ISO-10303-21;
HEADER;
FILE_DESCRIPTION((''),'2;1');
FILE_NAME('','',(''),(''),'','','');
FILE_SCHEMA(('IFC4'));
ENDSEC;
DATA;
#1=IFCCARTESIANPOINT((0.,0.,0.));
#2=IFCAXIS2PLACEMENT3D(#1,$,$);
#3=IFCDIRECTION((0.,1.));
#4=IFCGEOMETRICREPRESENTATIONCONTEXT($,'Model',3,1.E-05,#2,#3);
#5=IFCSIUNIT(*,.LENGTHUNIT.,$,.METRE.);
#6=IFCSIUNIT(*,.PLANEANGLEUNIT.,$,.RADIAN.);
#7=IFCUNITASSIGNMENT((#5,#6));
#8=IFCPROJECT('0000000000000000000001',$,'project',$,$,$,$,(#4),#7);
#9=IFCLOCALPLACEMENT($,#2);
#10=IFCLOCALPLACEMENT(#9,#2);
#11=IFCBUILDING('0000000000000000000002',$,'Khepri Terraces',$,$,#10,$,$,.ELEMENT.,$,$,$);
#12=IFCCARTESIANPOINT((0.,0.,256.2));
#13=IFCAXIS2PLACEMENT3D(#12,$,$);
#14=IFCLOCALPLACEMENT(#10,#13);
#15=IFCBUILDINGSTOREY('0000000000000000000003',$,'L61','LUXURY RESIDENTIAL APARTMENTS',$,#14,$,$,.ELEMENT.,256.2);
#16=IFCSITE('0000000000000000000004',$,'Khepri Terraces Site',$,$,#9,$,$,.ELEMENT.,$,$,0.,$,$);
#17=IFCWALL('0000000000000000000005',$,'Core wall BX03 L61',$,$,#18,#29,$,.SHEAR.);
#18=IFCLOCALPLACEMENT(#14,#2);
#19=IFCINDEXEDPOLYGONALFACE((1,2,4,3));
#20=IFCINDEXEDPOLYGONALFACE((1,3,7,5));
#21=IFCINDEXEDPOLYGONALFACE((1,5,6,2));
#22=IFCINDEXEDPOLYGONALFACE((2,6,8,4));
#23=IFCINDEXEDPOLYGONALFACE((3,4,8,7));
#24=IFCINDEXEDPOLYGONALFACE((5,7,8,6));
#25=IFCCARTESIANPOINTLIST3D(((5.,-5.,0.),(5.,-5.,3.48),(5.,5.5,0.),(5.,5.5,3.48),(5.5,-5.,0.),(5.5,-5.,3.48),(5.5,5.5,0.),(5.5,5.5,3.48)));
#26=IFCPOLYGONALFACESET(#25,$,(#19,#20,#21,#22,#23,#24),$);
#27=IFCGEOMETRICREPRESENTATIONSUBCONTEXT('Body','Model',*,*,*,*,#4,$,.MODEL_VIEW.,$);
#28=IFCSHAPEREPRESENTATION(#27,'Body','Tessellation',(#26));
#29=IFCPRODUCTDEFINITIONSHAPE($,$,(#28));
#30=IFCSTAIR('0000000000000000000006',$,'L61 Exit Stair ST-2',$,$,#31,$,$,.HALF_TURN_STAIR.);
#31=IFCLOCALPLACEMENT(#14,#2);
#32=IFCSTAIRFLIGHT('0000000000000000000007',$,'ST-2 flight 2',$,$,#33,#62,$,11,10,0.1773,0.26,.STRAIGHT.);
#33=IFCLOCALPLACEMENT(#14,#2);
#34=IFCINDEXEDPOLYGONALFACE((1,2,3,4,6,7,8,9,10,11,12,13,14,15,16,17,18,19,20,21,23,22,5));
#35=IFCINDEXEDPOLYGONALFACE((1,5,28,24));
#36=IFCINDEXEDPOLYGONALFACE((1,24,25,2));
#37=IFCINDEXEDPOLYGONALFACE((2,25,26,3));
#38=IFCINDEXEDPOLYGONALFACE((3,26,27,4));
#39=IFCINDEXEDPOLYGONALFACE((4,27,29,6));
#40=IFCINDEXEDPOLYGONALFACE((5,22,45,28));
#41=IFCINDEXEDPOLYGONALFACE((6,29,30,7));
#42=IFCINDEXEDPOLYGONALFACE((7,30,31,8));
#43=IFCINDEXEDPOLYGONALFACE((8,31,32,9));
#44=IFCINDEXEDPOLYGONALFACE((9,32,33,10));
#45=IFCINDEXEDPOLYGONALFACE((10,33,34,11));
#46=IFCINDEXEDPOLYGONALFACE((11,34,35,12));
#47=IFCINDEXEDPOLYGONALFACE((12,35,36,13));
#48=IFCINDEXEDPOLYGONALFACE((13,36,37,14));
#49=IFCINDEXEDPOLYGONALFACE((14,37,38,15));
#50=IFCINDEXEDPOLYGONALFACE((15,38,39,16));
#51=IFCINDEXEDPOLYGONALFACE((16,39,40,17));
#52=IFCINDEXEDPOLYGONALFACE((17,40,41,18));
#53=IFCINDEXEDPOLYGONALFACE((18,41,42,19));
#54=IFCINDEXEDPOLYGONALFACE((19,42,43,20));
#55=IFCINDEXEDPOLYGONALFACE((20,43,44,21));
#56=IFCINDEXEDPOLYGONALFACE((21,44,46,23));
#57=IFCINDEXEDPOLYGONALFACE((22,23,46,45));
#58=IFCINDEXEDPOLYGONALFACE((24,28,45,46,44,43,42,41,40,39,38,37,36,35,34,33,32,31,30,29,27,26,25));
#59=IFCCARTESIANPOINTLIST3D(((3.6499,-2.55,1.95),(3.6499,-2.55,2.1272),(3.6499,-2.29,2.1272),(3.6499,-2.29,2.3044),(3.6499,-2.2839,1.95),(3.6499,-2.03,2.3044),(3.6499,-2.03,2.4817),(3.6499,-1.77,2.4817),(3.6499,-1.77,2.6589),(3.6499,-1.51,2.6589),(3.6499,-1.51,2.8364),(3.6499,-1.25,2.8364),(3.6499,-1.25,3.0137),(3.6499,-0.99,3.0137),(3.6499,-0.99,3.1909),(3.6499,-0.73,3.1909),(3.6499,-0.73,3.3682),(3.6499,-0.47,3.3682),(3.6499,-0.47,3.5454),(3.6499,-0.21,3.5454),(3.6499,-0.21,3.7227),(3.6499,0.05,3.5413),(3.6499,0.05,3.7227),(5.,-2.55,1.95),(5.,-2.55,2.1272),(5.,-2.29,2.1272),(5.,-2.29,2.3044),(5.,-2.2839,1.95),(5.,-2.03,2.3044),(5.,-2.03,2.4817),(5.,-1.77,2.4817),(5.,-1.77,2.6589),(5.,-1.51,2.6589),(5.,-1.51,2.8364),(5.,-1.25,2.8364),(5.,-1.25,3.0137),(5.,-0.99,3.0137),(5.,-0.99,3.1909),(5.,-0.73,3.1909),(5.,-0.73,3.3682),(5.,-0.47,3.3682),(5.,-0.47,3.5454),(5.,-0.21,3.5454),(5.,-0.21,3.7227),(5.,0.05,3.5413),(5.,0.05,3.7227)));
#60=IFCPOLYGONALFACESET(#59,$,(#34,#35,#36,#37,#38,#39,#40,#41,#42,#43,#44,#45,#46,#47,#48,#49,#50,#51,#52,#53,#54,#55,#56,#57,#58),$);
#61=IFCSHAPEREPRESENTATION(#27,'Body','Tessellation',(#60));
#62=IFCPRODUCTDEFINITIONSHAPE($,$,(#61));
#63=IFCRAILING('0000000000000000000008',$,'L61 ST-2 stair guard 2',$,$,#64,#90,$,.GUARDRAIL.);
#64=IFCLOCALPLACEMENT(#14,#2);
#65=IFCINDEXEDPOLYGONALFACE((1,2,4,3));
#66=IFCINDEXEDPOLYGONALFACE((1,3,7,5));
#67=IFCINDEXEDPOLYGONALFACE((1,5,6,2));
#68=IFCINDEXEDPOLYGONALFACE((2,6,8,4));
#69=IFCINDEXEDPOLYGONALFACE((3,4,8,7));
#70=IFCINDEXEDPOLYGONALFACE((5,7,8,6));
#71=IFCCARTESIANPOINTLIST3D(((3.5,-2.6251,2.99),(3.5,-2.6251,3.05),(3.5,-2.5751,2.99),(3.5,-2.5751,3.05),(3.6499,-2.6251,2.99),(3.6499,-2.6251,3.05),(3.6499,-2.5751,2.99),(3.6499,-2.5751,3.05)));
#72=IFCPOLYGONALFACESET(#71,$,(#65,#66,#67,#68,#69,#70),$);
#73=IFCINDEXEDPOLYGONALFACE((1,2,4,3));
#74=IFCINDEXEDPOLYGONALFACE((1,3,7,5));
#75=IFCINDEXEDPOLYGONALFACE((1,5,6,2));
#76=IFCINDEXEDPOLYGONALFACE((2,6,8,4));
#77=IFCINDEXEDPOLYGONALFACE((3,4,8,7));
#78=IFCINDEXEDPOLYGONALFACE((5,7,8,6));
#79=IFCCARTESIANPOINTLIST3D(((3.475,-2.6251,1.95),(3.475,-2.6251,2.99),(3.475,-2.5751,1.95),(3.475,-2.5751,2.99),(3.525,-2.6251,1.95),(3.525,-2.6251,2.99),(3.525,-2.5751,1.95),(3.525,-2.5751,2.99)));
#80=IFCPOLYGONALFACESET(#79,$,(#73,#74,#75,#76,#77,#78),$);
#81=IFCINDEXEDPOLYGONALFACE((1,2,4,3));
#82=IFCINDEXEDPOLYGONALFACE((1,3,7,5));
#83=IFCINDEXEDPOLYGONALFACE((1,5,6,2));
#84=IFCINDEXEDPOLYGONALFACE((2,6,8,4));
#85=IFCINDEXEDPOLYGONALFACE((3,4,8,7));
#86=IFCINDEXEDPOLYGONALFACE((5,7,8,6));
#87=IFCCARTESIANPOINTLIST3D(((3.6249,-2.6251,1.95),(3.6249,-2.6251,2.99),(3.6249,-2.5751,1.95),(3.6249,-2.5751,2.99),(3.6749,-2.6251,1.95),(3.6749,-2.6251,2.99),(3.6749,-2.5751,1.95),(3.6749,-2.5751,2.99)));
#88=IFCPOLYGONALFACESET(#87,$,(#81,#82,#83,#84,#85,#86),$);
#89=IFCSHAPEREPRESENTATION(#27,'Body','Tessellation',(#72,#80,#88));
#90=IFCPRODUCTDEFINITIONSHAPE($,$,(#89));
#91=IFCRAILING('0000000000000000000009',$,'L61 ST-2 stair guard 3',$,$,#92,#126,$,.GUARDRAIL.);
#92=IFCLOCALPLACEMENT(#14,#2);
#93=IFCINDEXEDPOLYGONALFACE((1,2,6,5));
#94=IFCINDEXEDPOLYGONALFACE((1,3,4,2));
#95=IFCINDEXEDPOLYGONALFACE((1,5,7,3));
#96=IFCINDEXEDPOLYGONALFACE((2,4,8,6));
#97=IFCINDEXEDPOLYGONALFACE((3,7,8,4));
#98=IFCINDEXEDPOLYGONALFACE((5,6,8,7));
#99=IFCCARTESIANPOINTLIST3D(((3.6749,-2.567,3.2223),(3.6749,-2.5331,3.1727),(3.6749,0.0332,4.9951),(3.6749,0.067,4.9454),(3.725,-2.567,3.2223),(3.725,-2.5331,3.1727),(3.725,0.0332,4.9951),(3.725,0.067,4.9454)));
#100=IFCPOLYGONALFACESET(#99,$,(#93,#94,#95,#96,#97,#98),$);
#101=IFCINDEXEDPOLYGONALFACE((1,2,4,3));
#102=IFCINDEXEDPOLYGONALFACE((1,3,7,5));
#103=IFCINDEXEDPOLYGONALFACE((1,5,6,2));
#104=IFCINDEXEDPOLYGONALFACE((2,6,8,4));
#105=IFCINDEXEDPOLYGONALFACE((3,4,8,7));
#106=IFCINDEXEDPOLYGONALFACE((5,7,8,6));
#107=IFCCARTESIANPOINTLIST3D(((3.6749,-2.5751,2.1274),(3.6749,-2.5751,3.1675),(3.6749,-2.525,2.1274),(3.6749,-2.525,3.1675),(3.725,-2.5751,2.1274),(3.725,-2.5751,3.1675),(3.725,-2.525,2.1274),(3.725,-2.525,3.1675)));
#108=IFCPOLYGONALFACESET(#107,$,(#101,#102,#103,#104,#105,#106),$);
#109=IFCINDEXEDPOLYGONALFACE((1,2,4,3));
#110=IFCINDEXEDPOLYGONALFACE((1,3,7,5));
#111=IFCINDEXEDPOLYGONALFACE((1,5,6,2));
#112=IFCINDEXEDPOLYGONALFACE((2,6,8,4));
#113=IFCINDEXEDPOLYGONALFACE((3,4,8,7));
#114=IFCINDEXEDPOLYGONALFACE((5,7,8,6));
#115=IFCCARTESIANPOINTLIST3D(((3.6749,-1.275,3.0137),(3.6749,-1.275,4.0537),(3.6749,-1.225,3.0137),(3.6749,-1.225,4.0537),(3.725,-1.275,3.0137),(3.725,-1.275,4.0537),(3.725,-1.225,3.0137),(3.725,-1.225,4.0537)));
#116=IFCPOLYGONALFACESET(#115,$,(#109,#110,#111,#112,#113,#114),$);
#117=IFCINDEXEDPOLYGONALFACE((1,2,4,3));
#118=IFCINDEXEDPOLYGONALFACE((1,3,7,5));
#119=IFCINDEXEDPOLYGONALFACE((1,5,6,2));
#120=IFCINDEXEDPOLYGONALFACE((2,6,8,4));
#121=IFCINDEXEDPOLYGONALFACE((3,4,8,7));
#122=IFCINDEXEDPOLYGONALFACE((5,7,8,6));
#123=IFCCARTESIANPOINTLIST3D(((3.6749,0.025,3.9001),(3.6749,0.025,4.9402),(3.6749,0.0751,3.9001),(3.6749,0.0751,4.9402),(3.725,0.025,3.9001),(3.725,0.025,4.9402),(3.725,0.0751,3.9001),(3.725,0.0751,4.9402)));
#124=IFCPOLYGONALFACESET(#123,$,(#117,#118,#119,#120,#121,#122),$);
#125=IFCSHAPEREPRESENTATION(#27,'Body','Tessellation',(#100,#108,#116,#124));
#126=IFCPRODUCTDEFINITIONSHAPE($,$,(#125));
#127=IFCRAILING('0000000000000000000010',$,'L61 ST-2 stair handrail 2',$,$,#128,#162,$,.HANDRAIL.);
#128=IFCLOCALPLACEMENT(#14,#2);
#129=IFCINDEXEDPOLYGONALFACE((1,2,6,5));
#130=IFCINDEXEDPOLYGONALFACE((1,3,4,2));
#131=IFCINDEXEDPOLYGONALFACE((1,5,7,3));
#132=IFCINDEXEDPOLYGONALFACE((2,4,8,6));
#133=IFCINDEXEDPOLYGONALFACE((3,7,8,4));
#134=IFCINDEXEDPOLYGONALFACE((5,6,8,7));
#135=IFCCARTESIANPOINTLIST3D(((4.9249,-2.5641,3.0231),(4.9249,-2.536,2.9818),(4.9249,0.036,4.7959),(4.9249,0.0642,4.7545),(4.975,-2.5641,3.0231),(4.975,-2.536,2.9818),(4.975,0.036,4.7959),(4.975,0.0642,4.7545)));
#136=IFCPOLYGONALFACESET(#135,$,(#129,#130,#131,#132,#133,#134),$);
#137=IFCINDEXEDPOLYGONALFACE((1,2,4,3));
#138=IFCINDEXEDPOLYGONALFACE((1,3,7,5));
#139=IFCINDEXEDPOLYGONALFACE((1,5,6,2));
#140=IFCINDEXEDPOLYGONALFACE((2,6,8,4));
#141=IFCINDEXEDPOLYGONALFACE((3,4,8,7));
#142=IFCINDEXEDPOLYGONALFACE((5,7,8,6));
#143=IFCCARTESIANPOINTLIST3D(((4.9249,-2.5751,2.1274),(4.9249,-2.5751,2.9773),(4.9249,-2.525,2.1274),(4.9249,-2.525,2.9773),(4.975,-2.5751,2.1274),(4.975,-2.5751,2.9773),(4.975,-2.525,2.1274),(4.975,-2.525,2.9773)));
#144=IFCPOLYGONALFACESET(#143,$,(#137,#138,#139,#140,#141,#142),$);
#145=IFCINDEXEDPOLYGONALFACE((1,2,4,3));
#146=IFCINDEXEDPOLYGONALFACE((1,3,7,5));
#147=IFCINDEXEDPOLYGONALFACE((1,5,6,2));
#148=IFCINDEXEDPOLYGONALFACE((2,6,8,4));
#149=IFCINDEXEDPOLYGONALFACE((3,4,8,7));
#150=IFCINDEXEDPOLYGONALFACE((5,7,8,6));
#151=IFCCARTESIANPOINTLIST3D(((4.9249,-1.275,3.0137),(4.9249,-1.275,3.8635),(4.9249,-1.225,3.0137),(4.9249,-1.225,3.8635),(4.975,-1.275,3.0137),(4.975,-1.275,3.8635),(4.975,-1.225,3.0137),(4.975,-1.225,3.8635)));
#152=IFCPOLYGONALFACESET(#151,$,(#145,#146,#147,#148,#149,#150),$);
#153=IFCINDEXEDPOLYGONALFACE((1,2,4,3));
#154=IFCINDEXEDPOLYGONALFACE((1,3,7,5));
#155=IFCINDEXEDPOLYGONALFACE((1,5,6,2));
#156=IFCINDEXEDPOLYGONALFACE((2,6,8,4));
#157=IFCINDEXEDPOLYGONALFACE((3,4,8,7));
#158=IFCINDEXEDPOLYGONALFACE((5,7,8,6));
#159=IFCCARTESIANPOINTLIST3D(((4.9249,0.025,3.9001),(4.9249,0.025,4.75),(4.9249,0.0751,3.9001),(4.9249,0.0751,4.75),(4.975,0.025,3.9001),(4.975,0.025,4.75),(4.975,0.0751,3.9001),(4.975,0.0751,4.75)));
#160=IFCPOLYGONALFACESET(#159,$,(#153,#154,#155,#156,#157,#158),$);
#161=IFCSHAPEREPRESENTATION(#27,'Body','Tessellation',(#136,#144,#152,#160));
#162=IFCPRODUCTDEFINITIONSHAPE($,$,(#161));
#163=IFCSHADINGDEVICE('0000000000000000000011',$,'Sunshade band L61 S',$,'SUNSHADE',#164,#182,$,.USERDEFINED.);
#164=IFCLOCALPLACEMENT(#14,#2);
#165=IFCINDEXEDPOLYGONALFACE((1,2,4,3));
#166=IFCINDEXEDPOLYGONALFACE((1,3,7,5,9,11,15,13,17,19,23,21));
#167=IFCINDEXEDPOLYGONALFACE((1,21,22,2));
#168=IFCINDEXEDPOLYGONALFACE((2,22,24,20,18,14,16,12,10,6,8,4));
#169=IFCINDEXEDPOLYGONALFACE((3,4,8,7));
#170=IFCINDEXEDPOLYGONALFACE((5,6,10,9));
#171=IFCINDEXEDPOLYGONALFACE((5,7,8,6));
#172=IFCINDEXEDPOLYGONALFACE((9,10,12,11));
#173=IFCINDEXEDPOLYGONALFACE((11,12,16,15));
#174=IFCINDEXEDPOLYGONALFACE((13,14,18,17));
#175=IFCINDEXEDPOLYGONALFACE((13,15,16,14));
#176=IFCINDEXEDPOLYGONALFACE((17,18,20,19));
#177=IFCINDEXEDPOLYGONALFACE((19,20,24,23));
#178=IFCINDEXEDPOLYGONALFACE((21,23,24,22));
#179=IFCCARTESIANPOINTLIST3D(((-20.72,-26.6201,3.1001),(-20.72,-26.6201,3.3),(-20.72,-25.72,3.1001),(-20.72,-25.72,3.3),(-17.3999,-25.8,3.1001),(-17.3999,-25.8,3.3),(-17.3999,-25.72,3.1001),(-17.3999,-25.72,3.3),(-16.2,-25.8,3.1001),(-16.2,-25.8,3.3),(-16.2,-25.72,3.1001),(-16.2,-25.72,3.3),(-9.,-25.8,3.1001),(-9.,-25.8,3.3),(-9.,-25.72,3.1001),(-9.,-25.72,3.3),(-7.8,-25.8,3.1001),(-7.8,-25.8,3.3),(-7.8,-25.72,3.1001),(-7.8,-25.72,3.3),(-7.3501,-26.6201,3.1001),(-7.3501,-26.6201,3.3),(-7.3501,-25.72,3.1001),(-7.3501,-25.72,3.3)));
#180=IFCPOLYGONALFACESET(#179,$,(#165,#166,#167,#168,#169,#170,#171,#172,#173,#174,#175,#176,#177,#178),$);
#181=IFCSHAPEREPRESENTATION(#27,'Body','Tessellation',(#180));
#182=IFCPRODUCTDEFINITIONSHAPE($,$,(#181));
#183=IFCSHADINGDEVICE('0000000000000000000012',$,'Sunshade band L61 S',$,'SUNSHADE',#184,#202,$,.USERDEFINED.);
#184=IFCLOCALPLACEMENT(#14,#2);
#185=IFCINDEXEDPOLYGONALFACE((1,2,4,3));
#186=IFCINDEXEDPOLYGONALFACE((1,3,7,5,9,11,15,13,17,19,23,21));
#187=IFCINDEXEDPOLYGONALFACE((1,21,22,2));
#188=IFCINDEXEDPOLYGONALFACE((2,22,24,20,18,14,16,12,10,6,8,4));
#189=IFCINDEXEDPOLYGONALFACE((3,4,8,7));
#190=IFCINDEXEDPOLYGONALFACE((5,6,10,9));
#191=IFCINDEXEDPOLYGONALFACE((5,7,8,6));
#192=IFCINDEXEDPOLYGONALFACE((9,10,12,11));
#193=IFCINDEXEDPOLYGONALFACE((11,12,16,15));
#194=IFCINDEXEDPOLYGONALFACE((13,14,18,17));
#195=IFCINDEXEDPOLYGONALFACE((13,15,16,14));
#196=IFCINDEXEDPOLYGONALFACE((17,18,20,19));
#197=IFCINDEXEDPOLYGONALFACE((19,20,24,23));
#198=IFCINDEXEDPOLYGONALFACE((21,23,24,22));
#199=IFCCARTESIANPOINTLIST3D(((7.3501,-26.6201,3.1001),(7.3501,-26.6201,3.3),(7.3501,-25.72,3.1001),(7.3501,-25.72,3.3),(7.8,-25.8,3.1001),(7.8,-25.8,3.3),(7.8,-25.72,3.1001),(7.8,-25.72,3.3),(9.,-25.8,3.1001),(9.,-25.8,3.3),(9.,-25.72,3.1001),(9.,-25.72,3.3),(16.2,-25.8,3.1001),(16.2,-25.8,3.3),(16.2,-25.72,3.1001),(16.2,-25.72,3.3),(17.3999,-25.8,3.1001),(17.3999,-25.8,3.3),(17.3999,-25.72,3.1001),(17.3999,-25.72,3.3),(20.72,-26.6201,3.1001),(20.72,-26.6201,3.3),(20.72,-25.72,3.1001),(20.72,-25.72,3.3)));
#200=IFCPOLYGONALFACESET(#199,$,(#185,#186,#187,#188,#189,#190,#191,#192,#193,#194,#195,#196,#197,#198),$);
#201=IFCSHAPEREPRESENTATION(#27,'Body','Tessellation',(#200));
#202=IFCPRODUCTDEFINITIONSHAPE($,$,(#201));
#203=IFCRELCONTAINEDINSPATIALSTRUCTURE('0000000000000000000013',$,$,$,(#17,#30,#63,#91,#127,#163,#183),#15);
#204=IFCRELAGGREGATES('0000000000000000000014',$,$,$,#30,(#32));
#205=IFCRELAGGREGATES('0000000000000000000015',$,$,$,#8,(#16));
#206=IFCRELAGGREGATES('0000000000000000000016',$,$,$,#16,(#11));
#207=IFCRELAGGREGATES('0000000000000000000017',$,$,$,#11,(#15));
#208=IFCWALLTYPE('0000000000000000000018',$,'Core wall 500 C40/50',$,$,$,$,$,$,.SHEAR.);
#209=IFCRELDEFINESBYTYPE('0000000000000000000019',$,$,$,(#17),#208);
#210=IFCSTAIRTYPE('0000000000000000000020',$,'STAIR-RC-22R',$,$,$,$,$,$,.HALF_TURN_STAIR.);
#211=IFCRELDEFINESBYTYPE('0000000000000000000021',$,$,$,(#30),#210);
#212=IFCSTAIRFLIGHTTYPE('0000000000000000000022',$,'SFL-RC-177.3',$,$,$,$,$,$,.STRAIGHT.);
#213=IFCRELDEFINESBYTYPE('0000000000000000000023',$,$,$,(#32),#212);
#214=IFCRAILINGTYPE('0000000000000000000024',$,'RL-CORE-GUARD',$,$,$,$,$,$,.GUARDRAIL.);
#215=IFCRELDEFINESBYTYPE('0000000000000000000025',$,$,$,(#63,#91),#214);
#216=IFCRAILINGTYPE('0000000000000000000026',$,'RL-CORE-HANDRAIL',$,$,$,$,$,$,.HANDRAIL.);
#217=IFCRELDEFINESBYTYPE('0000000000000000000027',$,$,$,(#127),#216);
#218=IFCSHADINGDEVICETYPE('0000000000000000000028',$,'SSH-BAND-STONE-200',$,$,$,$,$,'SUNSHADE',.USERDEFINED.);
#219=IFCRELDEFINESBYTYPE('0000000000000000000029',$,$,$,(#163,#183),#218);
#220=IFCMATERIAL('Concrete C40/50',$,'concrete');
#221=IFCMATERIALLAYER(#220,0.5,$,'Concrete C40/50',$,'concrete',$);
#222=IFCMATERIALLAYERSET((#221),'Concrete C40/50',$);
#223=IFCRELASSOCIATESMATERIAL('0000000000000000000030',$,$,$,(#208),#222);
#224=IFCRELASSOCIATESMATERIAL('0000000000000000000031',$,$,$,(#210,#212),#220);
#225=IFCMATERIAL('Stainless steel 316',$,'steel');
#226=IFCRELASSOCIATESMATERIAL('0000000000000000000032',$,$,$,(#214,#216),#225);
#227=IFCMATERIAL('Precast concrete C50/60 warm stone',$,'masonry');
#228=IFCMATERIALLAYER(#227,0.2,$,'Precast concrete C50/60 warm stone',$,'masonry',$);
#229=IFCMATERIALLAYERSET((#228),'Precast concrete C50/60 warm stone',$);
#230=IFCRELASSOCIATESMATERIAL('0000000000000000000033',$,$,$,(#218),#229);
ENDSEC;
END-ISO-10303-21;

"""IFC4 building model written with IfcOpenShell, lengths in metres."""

from ifc_helpers import new_model, si_unit, direction, frame, frame_2d, origin, origin_2d, place, context, subcontext, project, spatial, polyline, rectangle, outline, extrude, material, layer, layer_set, type_object, element, aggregate, save


model = new_model("IFC4")

# Units and contexts
model_context = context("Model", 3, precision=1e-05, world=origin(), true_north=direction((0.0, 1.0)))
body_context = subcontext(model_context, "Body", "Model", "MODEL_VIEW")
ifc_project = project(units=[si_unit("LENGTHUNIT", "METRE"), si_unit("PLANEANGLEUNIT", "RADIAN")], contexts=[model_context])

# Site, building, storey
site_placement = place(None, origin())
site = spatial("IfcSite", under=ifc_project, at=site_placement, Name="Khepri Terraces Site", CompositionType="ELEMENT", RefElevation=0.0)
building_placement = place(site_placement, origin())
building = spatial("IfcBuilding", under=site, at=building_placement, Name="Khepri Terraces", CompositionType="ELEMENT")
storey_placement = place(building_placement, frame((0.0, 0.0, 256.2)))
storey = spatial("IfcBuildingStorey", under=building, at=storey_placement, Name="L61", Description="LUXURY RESIDENTIAL APARTMENTS", CompositionType="ELEMENT", Elevation=256.2)

# Shared definitions
ifc_material_1 = material(Name="Precast concrete C50/60 warm stone", Category="masonry")

# Shared definitions
ifc_material_2 = material(Name="Concrete C40/50", Category="concrete")

# Wall
ifc_layer_1 = layer(ifc_material_2, 0.5, Name="Concrete C40/50", Category="concrete")
ifc_layer_set_1 = layer_set([ifc_layer_1], Name="Concrete C40/50")
wall_type_1 = type_object("IfcWallType", Name="Core wall 500 C40/50", PredefinedType="SHEAR", material=ifc_layer_set_1)
wall_1_placement = place(storey_placement, frame((5.25, -5.0, 0.0), z_axis=(0.0, 0.0, 1.0), x_axis=(0.0, 1.0, 0.0)))
element("IfcWall", 1, at=wall_1_placement, inside=storey, type_object=wall_type_1, Name="Core wall BX03 L61", PredefinedType="SHEAR", context=body_context, shape_type="SweptSolid", body=[
    extrude(rectangle(XDim=10.5, YDim=0.5, at=frame_2d((5.25, 0.0))), origin(), (0.0, 0.0, 1.0), 3.48),
])

# Stair, stair flight
stair_type = type_object("IfcStairType", Name="STAIR-RC-22R", PredefinedType="HALF_TURN_STAIR", material=ifc_material_2)
stair_placement = place(storey_placement, origin())
stair = element("IfcStair", 2, at=stair_placement, inside=storey, type_object=stair_type, Name="L61 Exit Stair ST-2", PredefinedType="HALF_TURN_STAIR")
stair_flight_type = type_object("IfcStairFlightType", Name="SFL-RC-177.3", PredefinedType="STRAIGHT", material=ifc_material_2)
stair_flight_placement = place(storey_placement, frame((4.325, -2.55, 1.95), z_axis=(0.0, 0.0, 1.0), x_axis=(0.0, 1.0, 0.0)))
stair_flight = element("IfcStairFlight", 3, at=stair_flight_placement, type_object=stair_flight_type, Name="ST-2 flight 2", NumberOfRisers=11, NumberOfTreads=10, PredefinedType="STRAIGHT", RiserHeight=0.1773, TreadLength=0.26, context=body_context, shape_type="SweptSolid", body=[
    extrude(outline(polyline([(0.0, 0.0), (0.0, 0.1772), (0.26, 0.1772), (0.26, 0.3545), (0.52, 0.3545), (0.52, 0.5317), (0.78, 0.5317), (0.78, 0.709), (1.04, 0.709), (1.04, 0.8865), (1.3, 0.8865), (1.3, 1.0637), (1.5601, 1.0637), (1.5601, 1.241), (1.8201, 1.241), (1.8201, 1.4182), (2.0801, 1.4182), (2.0801, 1.5955), (2.3401, 1.5955), (2.3401, 1.7727), (2.6001, 1.7727), (2.6001, 1.95), (2.6001, 1.5913), (0.2661, 0.0), (0.0, 0.0)])), frame((0.0, 0.675, 0.0), z_axis=(0.0, -1.0, 0.0), x_axis=(1.0, 0.0, 0.0)), (0.0, 0.0, 1.0), 1.3501),
])
aggregate(stair, [stair_flight])

# Railings
ifc_material_3 = material(Name="Stainless steel 316", Category="steel")
railing_type_1 = type_object("IfcRailingType", Name="RL-CORE-GUARD", PredefinedType="GUARDRAIL", material=ifc_material_3)
railing_1_placement = place(storey_placement, frame((3.5, -2.6001, 1.95)))
element("IfcRailing", 4, at=railing_1_placement, inside=storey, type_object=railing_type_1, Name="L61 ST-2 stair guard 2", PredefinedType="GUARDRAIL", context=body_context, shape_type="SweptSolid", body=[
    extrude(rectangle(XDim=0.05, YDim=0.0601, at=origin_2d()), frame((0.0, 0.0, 1.0701), z_axis=(1.0, 0.0, 0.0), x_axis=(0.0, 1.0, 0.0)), (0.0, 0.0, 1.0), 0.1499),
    extrude(rectangle(XDim=0.05, YDim=0.05, at=origin_2d()), origin(), (0.0, 0.0, 1.0), 1.04),
    extrude(rectangle(XDim=0.05, YDim=0.05, at=origin_2d()), frame((0.1499, 0.0, 0.0)), (0.0, 0.0, 1.0), 1.04),
])
railing_2_placement = place(storey_placement, frame((3.7, -2.55, 2.1274)))
element("IfcRailing", 5, at=railing_2_placement, inside=storey, type_object=railing_type_1, Name="L61 ST-2 stair guard 3", PredefinedType="GUARDRAIL", context=body_context, shape_type="SweptSolid", body=[
    extrude(rectangle(XDim=0.05, YDim=0.0601, at=origin_2d()), frame((0.0, 0.0, 1.0701), z_axis=(0.0, 0.82624, 0.563318), x_axis=(-1.0, 0.0, 0.0)), (0.0, 0.0, 1.0), 3.147),
    extrude(rectangle(XDim=0.05, YDim=0.05, at=origin_2d()), origin(), (0.0, 0.0, 1.0), 1.04),
    extrude(rectangle(XDim=0.05, YDim=0.05, at=origin_2d()), frame((0.0, 1.3, 0.8862)), (0.0, 0.0, 1.0), 1.04),
    extrude(rectangle(XDim=0.05, YDim=0.05, at=origin_2d()), frame((0.0, 2.6001, 1.7727)), (0.0, 0.0, 1.0), 1.04),
])
railing_type_2 = type_object("IfcRailingType", Name="RL-CORE-HANDRAIL", PredefinedType="HANDRAIL", material=ifc_material_3)
railing_3_placement = place(storey_placement, frame((4.95, -2.55, 2.1274)))
element("IfcRailing", 6, at=railing_3_placement, inside=storey, type_object=railing_type_2, Name="L61 ST-2 stair handrail 2", PredefinedType="HANDRAIL", context=body_context, shape_type="SweptSolid", body=[
    extrude(rectangle(XDim=0.05, YDim=0.05, at=origin_2d()), frame((0.0, 0.0, 0.875), z_axis=(0.0, 0.82624, 0.563318), x_axis=(-1.0, 0.0, 0.0)), (0.0, 0.0, 1.0), 3.147),
    extrude(rectangle(XDim=0.05, YDim=0.05, at=origin_2d()), origin(), (0.0, 0.0, 1.0), 0.8499),
    extrude(rectangle(XDim=0.05, YDim=0.05, at=origin_2d()), frame((0.0, 1.3, 0.8862)), (0.0, 0.0, 1.0), 0.8499),
    extrude(rectangle(XDim=0.05, YDim=0.05, at=origin_2d()), frame((0.0, 2.6001, 1.7727)), (0.0, 0.0, 1.0), 0.8499),
])

# Shading devices
ifc_layer_2 = layer(ifc_material_1, 0.2, Name="Precast concrete C50/60 warm stone", Category="masonry")
ifc_layer_set_2 = layer_set([ifc_layer_2], Name="Precast concrete C50/60 warm stone")
shading_device_type_1 = type_object("IfcShadingDeviceType", Name="SSH-BAND-STONE-200", ElementType="SUNSHADE", PredefinedType="USERDEFINED", material=ifc_layer_set_2)
shading_device_1_placement = place(storey_placement, frame((0.0, 0.0, 3.1001)))
element("IfcShadingDevice", 7, at=shading_device_1_placement, inside=storey, type_object=shading_device_type_1, Name="Sunshade band L61 S", ObjectType="SUNSHADE", PredefinedType="USERDEFINED", context=body_context, shape_type="SweptSolid", body=[
    extrude(outline(polyline([(-17.3999, -25.72), (-20.72, -25.72), (-20.72, -26.6201), (-7.3501, -26.6201), (-7.3501, -25.72), (-7.8, -25.72), (-7.8, -25.8), (-9.0, -25.8), (-9.0, -25.72), (-16.2, -25.72), (-16.2, -25.8), (-17.3999, -25.8), (-17.3999, -25.72)])), origin(), (0.0, 0.0, 1.0), 0.2),
])
shading_device_2_placement = place(storey_placement, frame((0.0, 0.0, 3.1001)))
element("IfcShadingDevice", 8, at=shading_device_2_placement, inside=storey, type_object=shading_device_type_1, Name="Sunshade band L61 S", ObjectType="SUNSHADE", PredefinedType="USERDEFINED", context=body_context, shape_type="SweptSolid", body=[
    extrude(outline(polyline([(7.8, -25.72), (7.3501, -25.72), (7.3501, -26.6201), (20.72, -26.6201), (20.72, -25.72), (17.3999, -25.72), (17.3999, -25.8), (16.2, -25.8), (16.2, -25.72), (9.0, -25.72), (9.0, -25.8), (7.8, -25.8), (7.8, -25.72)])), origin(), (0.0, 0.0, 1.0), 0.2),
])

save(model, "model.ifc")
